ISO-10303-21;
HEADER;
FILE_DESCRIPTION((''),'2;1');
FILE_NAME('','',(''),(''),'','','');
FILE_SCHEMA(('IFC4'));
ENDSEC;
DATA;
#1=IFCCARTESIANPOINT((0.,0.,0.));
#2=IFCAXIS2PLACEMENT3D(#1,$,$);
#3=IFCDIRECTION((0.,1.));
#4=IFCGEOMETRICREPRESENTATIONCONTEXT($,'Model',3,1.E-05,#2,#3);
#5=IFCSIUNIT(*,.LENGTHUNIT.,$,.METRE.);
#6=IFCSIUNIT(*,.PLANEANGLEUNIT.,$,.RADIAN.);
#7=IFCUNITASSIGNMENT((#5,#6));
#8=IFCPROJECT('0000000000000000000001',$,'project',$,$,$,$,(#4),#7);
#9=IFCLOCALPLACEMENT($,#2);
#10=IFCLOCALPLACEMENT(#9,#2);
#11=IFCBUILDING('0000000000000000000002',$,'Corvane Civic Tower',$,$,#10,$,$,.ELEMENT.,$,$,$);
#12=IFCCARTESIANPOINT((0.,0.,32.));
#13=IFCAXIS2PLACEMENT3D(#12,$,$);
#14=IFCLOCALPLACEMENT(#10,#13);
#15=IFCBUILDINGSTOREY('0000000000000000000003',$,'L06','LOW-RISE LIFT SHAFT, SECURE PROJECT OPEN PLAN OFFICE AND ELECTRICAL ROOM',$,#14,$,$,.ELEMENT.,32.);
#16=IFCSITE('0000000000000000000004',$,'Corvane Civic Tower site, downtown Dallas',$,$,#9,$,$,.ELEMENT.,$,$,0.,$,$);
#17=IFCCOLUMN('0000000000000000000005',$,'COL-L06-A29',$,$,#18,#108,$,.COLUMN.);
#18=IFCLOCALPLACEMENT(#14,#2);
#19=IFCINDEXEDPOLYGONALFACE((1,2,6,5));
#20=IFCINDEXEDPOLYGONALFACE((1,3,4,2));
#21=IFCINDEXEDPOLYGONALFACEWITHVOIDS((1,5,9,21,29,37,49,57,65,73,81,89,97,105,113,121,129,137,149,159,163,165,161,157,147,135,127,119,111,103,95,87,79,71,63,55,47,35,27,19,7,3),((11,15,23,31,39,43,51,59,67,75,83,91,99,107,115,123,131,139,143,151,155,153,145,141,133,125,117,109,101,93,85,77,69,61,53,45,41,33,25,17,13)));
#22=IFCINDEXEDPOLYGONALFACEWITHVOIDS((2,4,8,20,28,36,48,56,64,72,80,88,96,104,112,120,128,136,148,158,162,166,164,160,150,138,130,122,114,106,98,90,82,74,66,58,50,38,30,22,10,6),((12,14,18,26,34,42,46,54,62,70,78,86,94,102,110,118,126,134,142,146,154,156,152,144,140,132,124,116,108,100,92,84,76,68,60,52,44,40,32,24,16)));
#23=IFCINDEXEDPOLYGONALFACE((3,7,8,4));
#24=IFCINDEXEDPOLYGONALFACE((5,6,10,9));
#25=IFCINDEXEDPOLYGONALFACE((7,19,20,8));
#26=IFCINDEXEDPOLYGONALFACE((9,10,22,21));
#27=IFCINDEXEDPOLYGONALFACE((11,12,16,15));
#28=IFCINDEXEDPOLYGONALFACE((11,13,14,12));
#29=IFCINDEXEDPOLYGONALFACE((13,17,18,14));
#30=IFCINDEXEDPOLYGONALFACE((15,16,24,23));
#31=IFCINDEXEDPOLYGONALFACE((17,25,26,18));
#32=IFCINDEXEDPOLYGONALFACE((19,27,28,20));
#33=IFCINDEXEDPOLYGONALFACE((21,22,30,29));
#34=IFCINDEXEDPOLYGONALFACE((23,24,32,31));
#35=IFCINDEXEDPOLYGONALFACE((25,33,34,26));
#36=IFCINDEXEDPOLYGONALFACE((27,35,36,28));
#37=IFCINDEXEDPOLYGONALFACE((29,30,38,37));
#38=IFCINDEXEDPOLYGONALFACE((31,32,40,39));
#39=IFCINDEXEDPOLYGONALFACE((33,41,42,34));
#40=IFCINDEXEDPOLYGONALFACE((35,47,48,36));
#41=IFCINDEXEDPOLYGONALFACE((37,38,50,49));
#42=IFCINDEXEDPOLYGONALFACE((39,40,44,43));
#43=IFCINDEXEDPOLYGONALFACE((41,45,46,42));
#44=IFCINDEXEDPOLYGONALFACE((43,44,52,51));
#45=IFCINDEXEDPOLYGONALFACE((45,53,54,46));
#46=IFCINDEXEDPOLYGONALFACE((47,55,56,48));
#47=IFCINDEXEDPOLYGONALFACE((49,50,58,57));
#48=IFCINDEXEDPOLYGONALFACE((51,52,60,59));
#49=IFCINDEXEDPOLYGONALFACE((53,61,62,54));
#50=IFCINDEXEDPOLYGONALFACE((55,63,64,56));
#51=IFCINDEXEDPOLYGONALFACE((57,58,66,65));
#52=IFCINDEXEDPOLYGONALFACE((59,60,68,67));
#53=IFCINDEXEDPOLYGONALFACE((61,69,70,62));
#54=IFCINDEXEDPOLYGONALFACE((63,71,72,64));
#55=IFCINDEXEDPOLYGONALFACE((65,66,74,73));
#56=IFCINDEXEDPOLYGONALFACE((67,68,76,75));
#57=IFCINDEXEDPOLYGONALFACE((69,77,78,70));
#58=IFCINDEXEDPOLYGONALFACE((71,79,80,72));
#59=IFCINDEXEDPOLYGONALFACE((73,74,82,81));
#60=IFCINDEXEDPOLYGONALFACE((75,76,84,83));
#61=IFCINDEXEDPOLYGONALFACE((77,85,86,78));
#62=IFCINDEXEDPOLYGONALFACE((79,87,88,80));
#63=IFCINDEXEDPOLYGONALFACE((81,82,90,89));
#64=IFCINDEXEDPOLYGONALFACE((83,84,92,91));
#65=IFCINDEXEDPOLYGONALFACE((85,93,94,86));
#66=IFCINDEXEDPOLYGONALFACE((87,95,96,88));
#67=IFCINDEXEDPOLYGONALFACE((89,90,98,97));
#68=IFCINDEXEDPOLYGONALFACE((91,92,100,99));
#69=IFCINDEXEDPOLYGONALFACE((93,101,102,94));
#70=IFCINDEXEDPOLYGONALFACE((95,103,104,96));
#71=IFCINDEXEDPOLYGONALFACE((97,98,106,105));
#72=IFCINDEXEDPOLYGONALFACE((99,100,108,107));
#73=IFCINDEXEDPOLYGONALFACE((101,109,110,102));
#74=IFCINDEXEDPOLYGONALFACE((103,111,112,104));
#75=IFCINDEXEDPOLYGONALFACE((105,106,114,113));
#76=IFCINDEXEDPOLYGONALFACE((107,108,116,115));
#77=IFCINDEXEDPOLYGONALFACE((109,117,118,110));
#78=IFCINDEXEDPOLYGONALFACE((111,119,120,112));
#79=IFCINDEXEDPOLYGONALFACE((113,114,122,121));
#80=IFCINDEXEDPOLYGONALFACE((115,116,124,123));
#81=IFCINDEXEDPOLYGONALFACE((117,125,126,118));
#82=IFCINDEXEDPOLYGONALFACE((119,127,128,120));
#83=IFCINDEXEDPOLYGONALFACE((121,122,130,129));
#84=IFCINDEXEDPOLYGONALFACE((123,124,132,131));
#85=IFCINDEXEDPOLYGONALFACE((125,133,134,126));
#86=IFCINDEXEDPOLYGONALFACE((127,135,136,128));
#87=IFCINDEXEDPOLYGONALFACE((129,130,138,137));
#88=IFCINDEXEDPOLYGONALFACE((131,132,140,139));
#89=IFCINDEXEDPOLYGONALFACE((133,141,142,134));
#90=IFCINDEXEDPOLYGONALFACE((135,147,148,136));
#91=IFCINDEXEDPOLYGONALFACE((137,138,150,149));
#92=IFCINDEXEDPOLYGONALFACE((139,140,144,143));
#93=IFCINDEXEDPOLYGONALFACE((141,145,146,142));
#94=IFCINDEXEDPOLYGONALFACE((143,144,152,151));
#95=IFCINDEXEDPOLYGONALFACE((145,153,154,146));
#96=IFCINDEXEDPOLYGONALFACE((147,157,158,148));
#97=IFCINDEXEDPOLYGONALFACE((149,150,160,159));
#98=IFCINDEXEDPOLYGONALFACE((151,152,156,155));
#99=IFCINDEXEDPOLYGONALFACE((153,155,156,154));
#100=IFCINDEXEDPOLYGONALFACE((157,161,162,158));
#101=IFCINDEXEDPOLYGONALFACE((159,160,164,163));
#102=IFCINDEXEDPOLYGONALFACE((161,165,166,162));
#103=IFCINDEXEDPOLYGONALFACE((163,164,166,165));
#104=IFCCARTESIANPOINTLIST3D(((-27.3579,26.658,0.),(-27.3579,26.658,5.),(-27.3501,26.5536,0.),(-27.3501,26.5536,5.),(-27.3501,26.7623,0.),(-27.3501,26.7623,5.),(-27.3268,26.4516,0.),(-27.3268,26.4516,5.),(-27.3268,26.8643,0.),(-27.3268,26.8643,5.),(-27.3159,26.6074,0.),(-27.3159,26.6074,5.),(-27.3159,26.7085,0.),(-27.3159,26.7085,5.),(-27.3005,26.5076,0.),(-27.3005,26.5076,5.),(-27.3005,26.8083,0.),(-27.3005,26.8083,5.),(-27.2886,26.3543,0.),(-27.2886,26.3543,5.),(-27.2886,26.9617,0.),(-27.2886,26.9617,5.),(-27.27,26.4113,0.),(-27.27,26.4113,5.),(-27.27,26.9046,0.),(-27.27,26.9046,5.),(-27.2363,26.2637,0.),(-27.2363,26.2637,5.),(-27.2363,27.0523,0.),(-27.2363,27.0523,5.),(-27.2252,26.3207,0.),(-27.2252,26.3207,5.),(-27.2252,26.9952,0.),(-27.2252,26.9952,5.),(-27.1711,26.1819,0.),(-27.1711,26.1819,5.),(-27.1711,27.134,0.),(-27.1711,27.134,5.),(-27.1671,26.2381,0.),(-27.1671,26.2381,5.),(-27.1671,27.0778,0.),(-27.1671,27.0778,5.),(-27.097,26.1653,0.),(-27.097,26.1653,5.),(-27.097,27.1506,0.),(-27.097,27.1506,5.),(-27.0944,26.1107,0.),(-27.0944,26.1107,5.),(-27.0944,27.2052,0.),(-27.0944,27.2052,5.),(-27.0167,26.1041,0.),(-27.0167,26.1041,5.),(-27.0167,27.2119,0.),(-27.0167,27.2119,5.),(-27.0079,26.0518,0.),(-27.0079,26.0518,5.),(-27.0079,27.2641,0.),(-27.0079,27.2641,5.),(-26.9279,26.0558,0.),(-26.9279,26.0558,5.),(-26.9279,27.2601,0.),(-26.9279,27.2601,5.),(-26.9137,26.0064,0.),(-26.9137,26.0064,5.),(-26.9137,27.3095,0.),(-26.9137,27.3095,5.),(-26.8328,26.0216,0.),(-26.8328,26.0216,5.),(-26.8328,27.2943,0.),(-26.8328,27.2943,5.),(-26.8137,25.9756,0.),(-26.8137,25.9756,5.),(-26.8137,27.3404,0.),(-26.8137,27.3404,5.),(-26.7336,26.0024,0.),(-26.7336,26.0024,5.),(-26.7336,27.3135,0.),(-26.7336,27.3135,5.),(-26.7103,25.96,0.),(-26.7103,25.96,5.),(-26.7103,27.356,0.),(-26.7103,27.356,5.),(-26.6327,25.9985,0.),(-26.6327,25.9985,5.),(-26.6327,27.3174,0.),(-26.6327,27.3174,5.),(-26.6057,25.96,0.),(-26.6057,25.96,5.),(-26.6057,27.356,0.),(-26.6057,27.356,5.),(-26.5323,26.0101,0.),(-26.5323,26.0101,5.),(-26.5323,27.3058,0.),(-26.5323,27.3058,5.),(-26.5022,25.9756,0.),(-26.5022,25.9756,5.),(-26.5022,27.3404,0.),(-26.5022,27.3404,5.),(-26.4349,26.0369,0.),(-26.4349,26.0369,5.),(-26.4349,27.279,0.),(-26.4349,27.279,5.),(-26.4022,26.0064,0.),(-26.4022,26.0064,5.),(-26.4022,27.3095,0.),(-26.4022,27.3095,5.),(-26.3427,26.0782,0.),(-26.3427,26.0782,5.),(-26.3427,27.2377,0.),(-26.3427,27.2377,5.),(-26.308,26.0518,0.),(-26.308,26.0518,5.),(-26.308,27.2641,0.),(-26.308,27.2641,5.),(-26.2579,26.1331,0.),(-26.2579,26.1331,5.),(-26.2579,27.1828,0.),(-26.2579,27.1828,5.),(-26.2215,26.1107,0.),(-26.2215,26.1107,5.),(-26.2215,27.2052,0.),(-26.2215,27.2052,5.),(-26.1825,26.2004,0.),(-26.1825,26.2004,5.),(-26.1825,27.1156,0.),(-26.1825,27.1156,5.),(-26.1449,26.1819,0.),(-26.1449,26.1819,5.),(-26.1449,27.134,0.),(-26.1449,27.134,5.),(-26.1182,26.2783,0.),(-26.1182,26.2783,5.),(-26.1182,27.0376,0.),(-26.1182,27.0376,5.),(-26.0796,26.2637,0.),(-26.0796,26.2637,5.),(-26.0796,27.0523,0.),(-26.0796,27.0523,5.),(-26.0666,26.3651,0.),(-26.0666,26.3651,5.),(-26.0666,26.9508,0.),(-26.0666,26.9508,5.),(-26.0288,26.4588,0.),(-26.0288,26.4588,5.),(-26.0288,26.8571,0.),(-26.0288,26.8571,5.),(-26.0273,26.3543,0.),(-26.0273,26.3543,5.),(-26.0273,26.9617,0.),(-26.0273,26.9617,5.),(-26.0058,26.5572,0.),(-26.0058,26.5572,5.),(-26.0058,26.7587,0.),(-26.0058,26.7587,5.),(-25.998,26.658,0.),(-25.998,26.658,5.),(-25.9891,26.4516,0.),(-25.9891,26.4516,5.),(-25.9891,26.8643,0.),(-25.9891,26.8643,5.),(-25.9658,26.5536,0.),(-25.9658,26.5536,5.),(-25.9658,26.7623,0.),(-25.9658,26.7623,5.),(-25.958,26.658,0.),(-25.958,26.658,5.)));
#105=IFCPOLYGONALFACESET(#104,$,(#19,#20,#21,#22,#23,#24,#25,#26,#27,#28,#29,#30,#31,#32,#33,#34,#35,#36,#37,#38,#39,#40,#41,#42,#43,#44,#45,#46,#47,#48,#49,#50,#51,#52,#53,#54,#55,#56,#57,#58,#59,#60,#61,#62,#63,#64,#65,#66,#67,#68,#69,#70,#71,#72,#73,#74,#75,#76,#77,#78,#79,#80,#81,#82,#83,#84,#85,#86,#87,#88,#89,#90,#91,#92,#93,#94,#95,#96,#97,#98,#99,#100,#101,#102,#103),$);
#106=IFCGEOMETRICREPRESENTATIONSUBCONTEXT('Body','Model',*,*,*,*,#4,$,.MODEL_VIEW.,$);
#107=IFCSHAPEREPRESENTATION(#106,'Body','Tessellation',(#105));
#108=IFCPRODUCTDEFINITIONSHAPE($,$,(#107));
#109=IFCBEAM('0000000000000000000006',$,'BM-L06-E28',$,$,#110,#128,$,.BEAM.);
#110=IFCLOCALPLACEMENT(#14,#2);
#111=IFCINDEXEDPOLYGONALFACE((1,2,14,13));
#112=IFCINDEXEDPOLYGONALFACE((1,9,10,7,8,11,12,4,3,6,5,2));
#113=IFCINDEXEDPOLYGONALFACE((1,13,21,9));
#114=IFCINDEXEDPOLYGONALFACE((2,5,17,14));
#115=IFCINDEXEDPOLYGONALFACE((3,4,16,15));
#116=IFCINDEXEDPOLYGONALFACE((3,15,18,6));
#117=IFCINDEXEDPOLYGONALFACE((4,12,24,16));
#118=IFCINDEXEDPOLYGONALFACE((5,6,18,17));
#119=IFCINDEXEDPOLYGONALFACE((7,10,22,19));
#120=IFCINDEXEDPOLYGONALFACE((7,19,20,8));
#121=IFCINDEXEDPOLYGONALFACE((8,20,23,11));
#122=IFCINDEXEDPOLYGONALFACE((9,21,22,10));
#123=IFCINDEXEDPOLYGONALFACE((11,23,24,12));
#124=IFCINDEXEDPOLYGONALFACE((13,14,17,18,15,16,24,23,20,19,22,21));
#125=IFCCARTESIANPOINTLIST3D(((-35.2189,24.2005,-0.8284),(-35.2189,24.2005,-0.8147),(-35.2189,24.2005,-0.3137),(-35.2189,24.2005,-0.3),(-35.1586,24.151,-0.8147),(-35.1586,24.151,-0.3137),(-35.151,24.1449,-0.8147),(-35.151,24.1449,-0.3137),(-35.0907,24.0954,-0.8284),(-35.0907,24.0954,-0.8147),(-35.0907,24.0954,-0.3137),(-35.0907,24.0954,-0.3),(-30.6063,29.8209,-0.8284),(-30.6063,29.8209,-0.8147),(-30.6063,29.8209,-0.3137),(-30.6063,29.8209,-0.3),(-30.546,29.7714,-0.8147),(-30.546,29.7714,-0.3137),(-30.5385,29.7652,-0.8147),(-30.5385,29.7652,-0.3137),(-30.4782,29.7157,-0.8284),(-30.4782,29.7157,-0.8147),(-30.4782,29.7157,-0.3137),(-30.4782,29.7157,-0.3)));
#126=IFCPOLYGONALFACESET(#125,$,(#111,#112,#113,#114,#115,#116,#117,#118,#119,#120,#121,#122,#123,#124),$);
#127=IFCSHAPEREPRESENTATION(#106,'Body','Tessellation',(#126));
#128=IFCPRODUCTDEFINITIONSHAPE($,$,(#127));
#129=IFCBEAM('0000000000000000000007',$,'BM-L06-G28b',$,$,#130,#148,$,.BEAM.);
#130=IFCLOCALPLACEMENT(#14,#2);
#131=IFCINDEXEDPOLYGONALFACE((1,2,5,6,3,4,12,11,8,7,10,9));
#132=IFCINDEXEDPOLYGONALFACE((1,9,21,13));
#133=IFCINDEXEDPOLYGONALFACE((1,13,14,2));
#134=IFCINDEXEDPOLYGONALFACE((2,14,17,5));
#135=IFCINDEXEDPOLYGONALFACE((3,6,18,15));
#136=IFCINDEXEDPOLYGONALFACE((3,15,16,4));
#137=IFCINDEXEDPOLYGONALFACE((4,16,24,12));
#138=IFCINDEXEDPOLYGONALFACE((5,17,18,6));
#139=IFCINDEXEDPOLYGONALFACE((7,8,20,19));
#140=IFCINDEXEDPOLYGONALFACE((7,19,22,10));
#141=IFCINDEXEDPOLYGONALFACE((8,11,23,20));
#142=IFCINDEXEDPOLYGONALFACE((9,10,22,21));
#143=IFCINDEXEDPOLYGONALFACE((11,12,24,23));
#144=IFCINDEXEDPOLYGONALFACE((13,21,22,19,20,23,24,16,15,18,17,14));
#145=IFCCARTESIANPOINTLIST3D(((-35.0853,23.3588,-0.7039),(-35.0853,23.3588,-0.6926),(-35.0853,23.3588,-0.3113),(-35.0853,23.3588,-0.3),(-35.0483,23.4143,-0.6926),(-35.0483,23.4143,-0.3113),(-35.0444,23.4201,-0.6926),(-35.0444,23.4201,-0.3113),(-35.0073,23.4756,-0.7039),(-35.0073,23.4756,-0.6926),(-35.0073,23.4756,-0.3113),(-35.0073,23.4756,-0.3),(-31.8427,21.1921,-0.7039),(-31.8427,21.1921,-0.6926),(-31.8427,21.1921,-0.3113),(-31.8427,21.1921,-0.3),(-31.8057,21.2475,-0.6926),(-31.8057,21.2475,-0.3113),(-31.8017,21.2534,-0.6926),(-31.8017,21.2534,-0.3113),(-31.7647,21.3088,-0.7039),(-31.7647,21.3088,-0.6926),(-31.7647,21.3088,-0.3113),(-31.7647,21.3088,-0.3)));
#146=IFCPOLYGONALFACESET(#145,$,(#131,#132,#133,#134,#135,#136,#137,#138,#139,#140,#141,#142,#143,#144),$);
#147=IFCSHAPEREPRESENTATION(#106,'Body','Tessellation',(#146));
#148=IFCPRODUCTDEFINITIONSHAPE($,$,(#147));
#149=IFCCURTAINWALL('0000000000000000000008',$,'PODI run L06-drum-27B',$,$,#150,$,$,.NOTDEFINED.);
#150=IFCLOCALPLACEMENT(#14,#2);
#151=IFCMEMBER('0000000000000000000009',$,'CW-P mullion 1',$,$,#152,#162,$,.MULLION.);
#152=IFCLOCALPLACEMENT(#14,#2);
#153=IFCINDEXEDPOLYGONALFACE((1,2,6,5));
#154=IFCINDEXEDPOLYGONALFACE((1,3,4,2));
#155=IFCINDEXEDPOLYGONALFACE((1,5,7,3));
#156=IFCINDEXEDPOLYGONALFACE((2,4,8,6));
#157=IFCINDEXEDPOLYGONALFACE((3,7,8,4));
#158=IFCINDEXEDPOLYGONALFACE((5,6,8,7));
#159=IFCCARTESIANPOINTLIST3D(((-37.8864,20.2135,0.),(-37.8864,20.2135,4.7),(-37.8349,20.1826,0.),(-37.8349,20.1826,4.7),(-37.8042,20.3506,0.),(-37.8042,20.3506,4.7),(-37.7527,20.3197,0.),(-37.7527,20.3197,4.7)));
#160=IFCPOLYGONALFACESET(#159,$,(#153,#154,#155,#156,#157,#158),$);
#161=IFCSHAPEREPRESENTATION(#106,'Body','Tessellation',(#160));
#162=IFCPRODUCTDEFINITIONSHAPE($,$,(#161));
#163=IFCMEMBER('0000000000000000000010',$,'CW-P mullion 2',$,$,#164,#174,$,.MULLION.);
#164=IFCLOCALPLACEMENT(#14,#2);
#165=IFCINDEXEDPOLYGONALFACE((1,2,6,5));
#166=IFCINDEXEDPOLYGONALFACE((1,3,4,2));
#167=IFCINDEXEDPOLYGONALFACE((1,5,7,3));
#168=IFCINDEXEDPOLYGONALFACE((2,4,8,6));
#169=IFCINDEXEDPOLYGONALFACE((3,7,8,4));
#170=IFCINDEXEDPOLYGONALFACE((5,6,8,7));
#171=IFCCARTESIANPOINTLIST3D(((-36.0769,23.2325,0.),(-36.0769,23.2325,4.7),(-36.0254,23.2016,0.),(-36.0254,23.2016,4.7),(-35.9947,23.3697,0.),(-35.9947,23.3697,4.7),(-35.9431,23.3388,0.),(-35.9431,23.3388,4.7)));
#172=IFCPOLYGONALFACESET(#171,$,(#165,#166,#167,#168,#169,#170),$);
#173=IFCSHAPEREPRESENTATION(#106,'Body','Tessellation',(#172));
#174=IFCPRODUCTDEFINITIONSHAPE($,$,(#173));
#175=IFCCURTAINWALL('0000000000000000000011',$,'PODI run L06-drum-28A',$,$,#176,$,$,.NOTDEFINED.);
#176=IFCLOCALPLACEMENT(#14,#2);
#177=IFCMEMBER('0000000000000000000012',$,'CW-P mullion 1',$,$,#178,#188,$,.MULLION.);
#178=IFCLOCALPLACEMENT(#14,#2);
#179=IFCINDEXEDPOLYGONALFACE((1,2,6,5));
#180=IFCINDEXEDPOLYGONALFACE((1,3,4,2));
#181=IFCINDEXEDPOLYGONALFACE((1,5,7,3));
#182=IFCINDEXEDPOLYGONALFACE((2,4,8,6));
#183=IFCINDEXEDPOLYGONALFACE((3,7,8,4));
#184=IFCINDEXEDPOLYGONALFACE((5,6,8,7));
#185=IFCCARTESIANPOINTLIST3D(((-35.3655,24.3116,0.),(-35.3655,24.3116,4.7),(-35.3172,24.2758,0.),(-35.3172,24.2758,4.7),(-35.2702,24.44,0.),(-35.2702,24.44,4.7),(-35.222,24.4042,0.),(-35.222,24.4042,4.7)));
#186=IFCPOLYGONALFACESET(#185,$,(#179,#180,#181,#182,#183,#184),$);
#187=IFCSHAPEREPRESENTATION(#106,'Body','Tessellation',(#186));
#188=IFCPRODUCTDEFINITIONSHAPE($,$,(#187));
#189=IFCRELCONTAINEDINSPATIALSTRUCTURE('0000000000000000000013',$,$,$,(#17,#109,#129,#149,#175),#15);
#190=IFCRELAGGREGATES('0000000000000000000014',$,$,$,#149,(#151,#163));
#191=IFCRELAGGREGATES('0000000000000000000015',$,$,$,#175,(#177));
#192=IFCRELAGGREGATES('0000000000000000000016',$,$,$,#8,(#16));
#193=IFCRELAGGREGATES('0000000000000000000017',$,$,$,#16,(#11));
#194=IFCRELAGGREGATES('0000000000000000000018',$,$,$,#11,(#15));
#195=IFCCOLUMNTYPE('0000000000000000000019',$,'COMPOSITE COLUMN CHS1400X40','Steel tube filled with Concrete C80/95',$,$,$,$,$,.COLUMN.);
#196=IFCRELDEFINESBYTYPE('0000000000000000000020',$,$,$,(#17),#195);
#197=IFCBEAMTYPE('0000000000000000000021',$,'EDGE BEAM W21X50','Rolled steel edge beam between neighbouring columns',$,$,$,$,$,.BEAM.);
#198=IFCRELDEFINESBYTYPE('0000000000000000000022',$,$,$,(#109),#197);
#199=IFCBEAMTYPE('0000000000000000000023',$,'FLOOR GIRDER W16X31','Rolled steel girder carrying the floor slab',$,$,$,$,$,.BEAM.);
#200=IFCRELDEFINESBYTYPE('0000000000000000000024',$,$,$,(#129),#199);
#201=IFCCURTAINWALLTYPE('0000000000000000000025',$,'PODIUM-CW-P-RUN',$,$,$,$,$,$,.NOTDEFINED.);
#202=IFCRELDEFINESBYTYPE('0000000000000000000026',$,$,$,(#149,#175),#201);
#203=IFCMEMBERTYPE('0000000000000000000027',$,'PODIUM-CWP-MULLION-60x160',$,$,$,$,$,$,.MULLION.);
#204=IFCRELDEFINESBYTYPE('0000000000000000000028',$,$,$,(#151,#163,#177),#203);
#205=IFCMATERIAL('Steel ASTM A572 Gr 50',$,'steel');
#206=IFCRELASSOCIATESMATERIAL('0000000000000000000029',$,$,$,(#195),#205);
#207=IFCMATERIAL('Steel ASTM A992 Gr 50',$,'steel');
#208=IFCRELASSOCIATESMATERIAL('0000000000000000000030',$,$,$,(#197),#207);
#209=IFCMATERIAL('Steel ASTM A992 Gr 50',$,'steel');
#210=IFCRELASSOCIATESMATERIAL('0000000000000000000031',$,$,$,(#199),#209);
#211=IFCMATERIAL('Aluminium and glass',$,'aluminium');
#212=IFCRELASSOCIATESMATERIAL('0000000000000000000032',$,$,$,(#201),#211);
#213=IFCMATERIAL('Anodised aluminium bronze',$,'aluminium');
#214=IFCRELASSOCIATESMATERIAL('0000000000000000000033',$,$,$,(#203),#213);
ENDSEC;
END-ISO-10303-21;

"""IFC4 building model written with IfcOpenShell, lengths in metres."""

from ifc_helpers import new_model, si_unit, direction, frame, origin, origin_2d, place, context, subcontext, project, spatial, rectangle, hollow_circle, i_section, extrude, material, material_profile, profile_set, type_object, element, aggregate, save


model = new_model("IFC4")

# Units and contexts
model_context = context("Model", 3, precision=1e-05, world=origin(), true_north=direction((0.0, 1.0)))
body_context = subcontext(model_context, "Body", "Model", "MODEL_VIEW")
ifc_project = project(units=[si_unit("LENGTHUNIT", "METRE"), si_unit("PLANEANGLEUNIT", "RADIAN")], contexts=[model_context])

# Site, building, storey
site_placement = place(None, origin())
site = spatial("IfcSite", under=ifc_project, at=site_placement, Name="Corvane Civic Tower site, downtown Dallas", CompositionType="ELEMENT", RefElevation=0.0)
building_placement = place(site_placement, origin())
building = spatial("IfcBuilding", under=site, at=building_placement, Name="Corvane Civic Tower", CompositionType="ELEMENT")
storey_placement = place(building_placement, frame((0.0, 0.0, 32.0)))
storey = spatial("IfcBuildingStorey", under=building, at=storey_placement, Name="L06", Description="LOW-RISE LIFT SHAFT, SECURE PROJECT OPEN PLAN OFFICE AND ELECTRICAL ROOM", CompositionType="ELEMENT", Elevation=32.0)

# Column
ifc_material_1 = material(Name="Steel ASTM A572 Gr 50", Category="steel")
ifc_material_profile_1 = material_profile(ifc_material_1, hollow_circle(Radius=0.7, WallThickness=0.04, at=origin_2d()), Name="CHS1400X40")
ifc_profile_set_1 = profile_set([ifc_material_profile_1], Name="Steel ASTM A572 Gr 50")
column_type_1 = type_object("IfcColumnType", Name="COMPOSITE COLUMN CHS1400X40", Description="Steel tube filled with Concrete C80/95", PredefinedType="COLUMN", material=ifc_profile_set_1)
for number, where, z_axis, x_axis, name in (
    (1, (-26.658, 26.658, 0.0), (0.0, 0.0, 1.0), (1.0, 0.0, 0.0), "COL-L06-A29"),
):
    element("IfcColumn", number, at=place(storey_placement, frame(where, z_axis=z_axis, x_axis=x_axis)), inside=storey, type_object=column_type_1, Name=name, PredefinedType="COLUMN", context=body_context, shape_type="SweptSolid", body=[
        extrude(hollow_circle(Radius=0.7, WallThickness=0.04, at=origin_2d()), origin(), (0.0, 0.0, 1.0), 5.0),
    ])

# Beams
ifc_material_2 = material(Name="Steel ASTM A992 Gr 50", Category="steel")
ifc_material_profile_2 = material_profile(ifc_material_2, i_section(OverallWidth=0.1658, OverallDepth=0.5283, WebThickness=0.0098, FlangeThickness=0.0137, at=origin_2d()), Name="W21X50")
ifc_profile_set_2 = profile_set([ifc_material_profile_2], Name="Steel ASTM A992 Gr 50")
beam_type_1 = type_object("IfcBeamType", Name="EDGE BEAM W21X50", Description="Rolled steel edge beam between neighbouring columns", PredefinedType="BEAM", material=ifc_profile_set_2)
beam_1_placement = place(storey_placement, frame((-35.1548, 24.1479, -0.5642), z_axis=(0.634396, 0.773008, 0.0), x_axis=(-0.773008, 0.634396, 0.0)))
element("IfcBeam", 2, at=beam_1_placement, inside=storey, type_object=beam_type_1, Name="BM-L06-E28", PredefinedType="BEAM", context=body_context, shape_type="SweptSolid", body=[
    extrude(i_section(OverallWidth=0.1658, OverallDepth=0.5283, WebThickness=0.0098, FlangeThickness=0.0137, at=origin_2d()), origin(), (0.0, 0.0, 1.0), 7.2708),
])
ifc_material_3 = material(Name="Steel ASTM A992 Gr 50", Category="steel")
ifc_material_profile_3 = material_profile(ifc_material_3, i_section(OverallWidth=0.1404, OverallDepth=0.4038, WebThickness=0.0071, FlangeThickness=0.0112, at=origin_2d()), Name="W16X31")
ifc_profile_set_3 = profile_set([ifc_material_profile_3], Name="Steel ASTM A992 Gr 50")
beam_type_2 = type_object("IfcBeamType", Name="FLOOR GIRDER W16X31", Description="Rolled steel girder carrying the floor slab", PredefinedType="BEAM", material=ifc_profile_set_3)
beam_2_placement = place(storey_placement, frame((-31.8037, 21.2505, -0.502), z_axis=(-0.831462, 0.555581, 0.0), x_axis=(-0.555581, -0.831462, 0.0)))
element("IfcBeam", 3, at=beam_2_placement, inside=storey, type_object=beam_type_2, Name="BM-L06-G28b", PredefinedType="BEAM", context=body_context, shape_type="SweptSolid", body=[
    extrude(i_section(OverallWidth=0.1404, OverallDepth=0.4038, WebThickness=0.0071, FlangeThickness=0.0112, at=origin_2d()), origin(), (0.0, 0.0, 1.0), 3.8999),
])

# Curtain wall, members
ifc_material_4 = material(Name="Aluminium and glass", Category="aluminium")
curtain_wall_type = type_object("IfcCurtainWallType", Name="PODIUM-CW-P-RUN", PredefinedType="NOTDEFINED", material=ifc_material_4)
curtain_wall_1_placement = place(storey_placement, origin())
curtain_wall_1 = element("IfcCurtainWall", 4, at=curtain_wall_1_placement, inside=storey, type_object=curtain_wall_type, Name="PODI run L06-drum-27B", PredefinedType="NOTDEFINED")
ifc_material_5 = material(Name="Anodised aluminium bronze", Category="aluminium")
ifc_material_profile_4 = material_profile(ifc_material_5, rectangle(XDim=0.0601, YDim=0.1599, at=origin_2d()), Name="AL 60x160")
ifc_profile_set_4 = profile_set([ifc_material_profile_4], Name="Anodised aluminium bronze")
member_type_1 = type_object("IfcMemberType", Name="PODIUM-CWP-MULLION-60x160", PredefinedType="MULLION", material=ifc_profile_set_4)
member_1_placement = place(storey_placement, frame((-37.8196, 20.2666, 0.0), z_axis=(0.0, 0.0, 1.0), x_axis=(-0.85772, 0.514118, 0.0)))
member_1 = element("IfcMember", 5, at=member_1_placement, type_object=member_type_1, Name="CW-P mullion 1", PredefinedType="MULLION", context=body_context, shape_type="SweptSolid", body=[
    extrude(rectangle(XDim=0.0601, YDim=0.1599, at=origin_2d()), origin(), (0.0, 0.0, 1.0), 4.7),
])
member_2_placement = place(storey_placement, frame((-36.01, 23.2856, 0.0), z_axis=(0.0, 0.0, 1.0), x_axis=(-0.85772, 0.514118, 0.0)))
member_2 = element("IfcMember", 6, at=member_2_placement, type_object=member_type_1, Name="CW-P mullion 2", PredefinedType="MULLION", context=body_context, shape_type="SweptSolid", body=[
    extrude(rectangle(XDim=0.0601, YDim=0.1599, at=origin_2d()), origin(), (0.0, 0.0, 1.0), 4.7),
])

# Curtain wall, member
curtain_wall_2_placement = place(storey_placement, origin())
curtain_wall_2 = element("IfcCurtainWall", 7, at=curtain_wall_2_placement, inside=storey, type_object=curtain_wall_type, Name="PODI run L06-drum-28A", PredefinedType="NOTDEFINED")
member_3_placement = place(storey_placement, frame((-35.2937, 24.3579, 0.0), z_axis=(0.0, 0.0, 1.0), x_axis=(-0.803203, 0.595705, 0.0)))
member_3 = element("IfcMember", 8, at=member_3_placement, type_object=member_type_1, Name="CW-P mullion 1", PredefinedType="MULLION", context=body_context, shape_type="SweptSolid", body=[
    extrude(rectangle(XDim=0.0601, YDim=0.1599, at=origin_2d()), origin(), (0.0, 0.0, 1.0), 4.7),
])

aggregate(curtain_wall_1, [member_1, member_2])
aggregate(curtain_wall_2, [member_3])

save(model, "model.ifc")
